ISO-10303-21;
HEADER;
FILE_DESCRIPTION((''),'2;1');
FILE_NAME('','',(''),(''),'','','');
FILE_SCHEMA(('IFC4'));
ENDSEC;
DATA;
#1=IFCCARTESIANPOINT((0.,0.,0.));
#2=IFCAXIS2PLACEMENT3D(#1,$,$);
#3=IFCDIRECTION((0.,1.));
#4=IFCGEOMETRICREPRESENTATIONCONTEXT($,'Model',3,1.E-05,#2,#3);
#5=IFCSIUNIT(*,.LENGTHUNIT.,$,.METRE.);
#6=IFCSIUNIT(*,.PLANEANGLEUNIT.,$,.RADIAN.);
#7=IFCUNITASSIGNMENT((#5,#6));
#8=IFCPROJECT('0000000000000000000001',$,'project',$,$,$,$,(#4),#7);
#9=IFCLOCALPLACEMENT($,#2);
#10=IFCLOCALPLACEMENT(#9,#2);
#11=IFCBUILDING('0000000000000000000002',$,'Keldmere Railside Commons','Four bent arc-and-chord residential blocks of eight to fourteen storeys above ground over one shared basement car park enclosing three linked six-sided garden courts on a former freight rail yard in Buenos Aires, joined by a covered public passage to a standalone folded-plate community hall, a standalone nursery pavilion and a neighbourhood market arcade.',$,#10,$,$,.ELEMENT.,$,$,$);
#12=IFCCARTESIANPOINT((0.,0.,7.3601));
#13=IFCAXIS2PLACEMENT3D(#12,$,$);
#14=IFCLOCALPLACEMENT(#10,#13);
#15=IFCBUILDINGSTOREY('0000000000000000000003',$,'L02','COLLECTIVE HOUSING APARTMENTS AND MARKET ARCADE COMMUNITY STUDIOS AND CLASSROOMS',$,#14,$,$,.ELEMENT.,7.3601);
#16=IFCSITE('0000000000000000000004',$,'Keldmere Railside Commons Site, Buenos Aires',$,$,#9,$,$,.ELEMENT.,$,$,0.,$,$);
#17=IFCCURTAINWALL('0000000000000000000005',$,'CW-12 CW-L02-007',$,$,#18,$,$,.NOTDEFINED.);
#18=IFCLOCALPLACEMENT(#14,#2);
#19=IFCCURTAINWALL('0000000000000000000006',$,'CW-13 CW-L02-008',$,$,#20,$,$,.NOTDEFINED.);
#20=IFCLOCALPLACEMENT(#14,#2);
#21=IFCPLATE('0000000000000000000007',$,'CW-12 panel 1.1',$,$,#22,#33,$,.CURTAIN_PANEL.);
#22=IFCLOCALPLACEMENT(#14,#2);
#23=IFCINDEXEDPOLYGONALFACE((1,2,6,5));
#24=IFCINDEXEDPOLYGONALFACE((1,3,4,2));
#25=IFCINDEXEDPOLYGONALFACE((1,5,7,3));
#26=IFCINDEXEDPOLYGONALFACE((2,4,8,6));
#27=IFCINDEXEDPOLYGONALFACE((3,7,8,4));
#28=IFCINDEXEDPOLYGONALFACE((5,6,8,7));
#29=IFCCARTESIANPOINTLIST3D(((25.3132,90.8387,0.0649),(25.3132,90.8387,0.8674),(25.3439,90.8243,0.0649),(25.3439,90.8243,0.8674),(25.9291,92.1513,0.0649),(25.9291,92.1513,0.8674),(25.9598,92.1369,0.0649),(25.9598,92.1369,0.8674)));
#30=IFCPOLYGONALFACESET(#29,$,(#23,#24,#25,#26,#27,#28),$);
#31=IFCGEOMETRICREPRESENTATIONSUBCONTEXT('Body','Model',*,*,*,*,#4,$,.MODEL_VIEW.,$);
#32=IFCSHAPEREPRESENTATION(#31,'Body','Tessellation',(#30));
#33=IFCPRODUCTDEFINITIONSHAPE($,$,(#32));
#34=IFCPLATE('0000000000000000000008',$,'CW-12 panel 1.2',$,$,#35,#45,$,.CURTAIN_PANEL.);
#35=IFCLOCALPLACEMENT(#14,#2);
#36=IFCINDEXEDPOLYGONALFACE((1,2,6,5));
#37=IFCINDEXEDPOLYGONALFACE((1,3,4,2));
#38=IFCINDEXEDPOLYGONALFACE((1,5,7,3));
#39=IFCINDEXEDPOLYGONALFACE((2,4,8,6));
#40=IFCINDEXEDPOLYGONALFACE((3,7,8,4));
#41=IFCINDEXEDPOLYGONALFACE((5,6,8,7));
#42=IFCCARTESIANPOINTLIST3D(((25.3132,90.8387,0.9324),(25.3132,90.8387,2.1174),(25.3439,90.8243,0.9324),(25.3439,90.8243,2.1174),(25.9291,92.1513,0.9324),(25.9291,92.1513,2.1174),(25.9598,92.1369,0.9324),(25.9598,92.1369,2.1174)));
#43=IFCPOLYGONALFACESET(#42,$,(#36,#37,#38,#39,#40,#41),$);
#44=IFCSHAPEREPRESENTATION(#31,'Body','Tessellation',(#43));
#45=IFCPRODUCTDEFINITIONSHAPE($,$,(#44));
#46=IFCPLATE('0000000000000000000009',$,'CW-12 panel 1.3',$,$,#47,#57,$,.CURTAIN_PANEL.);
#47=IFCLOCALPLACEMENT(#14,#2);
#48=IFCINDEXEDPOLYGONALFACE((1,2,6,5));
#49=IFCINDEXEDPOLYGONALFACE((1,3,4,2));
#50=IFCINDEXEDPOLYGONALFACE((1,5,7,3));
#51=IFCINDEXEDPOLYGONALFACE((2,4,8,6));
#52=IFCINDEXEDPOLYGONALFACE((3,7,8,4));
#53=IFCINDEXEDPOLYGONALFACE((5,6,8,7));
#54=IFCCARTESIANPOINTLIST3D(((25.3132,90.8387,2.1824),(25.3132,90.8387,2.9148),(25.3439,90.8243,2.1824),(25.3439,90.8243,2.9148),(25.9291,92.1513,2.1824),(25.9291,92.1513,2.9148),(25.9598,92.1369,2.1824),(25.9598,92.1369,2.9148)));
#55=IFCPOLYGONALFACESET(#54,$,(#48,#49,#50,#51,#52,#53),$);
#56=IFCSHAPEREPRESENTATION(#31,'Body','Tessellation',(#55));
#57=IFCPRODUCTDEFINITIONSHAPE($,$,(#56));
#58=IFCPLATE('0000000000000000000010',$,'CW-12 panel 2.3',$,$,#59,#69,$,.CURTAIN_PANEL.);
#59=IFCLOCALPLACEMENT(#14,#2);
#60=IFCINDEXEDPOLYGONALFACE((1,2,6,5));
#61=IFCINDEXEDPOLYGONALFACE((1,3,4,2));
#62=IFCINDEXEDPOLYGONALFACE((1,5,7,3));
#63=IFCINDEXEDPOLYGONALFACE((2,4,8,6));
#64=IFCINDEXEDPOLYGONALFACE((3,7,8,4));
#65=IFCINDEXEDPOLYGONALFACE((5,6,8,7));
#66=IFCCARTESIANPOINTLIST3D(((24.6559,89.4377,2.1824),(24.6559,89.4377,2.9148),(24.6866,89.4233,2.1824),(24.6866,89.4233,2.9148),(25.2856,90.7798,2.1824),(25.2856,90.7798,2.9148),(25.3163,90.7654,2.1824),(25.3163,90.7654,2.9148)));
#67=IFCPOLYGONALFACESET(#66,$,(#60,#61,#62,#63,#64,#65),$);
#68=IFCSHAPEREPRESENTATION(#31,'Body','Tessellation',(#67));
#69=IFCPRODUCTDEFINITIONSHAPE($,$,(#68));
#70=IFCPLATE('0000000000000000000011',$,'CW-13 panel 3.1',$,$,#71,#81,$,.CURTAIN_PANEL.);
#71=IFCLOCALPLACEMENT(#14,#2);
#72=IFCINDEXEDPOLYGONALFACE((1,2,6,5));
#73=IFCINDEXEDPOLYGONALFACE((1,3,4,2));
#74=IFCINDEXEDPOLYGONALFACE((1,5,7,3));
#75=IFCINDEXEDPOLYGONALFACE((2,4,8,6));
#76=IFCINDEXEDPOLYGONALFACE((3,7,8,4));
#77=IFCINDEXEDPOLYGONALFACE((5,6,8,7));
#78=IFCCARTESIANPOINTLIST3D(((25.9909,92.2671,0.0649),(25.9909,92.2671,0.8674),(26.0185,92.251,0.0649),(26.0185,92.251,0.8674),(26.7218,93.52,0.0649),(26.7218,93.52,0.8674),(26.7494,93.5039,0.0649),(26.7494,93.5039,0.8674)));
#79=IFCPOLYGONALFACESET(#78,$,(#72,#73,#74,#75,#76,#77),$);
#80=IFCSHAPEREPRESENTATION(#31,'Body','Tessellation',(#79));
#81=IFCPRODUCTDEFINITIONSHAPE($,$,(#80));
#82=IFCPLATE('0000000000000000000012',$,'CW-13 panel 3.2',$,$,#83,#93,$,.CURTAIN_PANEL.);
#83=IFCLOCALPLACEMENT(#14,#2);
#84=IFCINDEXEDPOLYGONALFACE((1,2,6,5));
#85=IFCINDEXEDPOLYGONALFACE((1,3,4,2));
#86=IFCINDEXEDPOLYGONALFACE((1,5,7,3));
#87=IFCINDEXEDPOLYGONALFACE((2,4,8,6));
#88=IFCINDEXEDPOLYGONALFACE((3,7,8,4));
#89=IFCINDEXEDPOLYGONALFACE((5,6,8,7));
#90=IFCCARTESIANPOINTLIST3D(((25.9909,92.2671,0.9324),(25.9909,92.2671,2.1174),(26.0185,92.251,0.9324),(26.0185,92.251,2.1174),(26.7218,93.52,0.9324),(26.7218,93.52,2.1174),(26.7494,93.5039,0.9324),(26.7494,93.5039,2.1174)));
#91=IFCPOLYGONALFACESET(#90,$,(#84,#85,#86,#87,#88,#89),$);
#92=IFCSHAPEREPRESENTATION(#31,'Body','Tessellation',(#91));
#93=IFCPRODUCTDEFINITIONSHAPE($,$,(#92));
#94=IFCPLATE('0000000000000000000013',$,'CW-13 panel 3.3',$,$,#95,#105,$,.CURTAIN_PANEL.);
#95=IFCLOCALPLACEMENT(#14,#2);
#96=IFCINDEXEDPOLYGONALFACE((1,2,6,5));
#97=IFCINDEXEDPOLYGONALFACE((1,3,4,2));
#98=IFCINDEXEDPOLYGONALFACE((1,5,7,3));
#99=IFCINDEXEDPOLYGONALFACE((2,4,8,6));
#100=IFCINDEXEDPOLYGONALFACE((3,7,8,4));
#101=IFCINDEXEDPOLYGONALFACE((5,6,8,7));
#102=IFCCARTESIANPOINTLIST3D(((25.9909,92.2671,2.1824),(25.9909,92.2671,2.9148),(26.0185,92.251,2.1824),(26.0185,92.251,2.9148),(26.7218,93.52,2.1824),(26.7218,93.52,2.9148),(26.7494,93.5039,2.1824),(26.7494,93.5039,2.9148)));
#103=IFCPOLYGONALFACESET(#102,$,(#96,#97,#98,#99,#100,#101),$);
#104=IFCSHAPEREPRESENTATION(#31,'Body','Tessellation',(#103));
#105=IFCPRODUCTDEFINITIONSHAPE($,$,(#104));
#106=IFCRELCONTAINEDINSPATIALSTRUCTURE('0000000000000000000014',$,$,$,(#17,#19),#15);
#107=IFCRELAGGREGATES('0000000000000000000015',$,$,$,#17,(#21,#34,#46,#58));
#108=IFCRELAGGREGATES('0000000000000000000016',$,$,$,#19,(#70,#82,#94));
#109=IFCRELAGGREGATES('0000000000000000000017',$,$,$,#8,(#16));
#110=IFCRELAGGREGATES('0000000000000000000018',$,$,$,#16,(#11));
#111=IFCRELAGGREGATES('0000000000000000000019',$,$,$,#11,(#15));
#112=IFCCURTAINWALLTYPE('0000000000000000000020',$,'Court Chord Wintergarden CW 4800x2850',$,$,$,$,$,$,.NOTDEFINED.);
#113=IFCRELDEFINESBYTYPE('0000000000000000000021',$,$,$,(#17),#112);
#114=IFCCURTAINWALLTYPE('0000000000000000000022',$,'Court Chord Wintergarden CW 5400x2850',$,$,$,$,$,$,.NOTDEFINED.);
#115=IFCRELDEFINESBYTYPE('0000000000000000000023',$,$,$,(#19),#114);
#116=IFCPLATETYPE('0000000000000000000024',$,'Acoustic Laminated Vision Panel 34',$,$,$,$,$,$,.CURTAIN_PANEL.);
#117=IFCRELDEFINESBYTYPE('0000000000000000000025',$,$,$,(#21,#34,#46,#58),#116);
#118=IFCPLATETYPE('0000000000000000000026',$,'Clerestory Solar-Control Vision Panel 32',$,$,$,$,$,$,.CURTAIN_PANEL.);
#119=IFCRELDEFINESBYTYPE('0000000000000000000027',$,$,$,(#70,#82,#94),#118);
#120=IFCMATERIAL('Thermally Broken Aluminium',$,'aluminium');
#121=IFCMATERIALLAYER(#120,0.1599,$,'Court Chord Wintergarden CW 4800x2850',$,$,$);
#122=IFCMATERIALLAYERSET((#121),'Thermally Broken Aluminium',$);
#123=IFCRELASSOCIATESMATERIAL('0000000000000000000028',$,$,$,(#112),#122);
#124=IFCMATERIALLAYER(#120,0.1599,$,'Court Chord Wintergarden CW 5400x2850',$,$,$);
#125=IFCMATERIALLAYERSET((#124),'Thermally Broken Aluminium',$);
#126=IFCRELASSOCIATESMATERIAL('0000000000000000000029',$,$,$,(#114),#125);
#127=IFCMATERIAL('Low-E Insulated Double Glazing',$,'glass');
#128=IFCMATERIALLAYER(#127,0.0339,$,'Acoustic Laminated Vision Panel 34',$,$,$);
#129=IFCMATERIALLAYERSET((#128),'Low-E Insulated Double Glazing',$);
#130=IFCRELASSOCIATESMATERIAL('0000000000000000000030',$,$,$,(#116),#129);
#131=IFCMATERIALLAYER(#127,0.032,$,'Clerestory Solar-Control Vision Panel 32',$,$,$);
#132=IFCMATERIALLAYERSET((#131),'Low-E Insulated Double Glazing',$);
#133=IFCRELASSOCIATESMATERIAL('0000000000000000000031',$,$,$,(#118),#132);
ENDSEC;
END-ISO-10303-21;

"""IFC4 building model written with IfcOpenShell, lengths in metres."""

from ifc_helpers import new_model, si_unit, direction, frame, origin, origin_2d, place, context, subcontext, project, spatial, rectangle, extrude, material, layer, layer_set, type_object, element, aggregate, save


model = new_model("IFC4")

# Units and contexts
model_context = context("Model", 3, precision=1e-05, world=origin(), true_north=direction((0.0, 1.0)))
body_context = subcontext(model_context, "Body", "Model", "MODEL_VIEW")
ifc_project = project(units=[si_unit("LENGTHUNIT", "METRE"), si_unit("PLANEANGLEUNIT", "RADIAN")], contexts=[model_context])

# Site, building, storey
site_placement = place(None, origin())
site = spatial("IfcSite", under=ifc_project, at=site_placement, Name="Keldmere Railside Commons Site, Buenos Aires", CompositionType="ELEMENT", RefElevation=0.0)
building_placement = place(site_placement, origin())
building = spatial("IfcBuilding", under=site, at=building_placement, Name="Keldmere Railside Commons", Description="Four bent arc-and-chord residential blocks of eight to fourteen storeys above ground over one shared basement car park enclosing three linked six-sided garden courts on a former freight rail yard in Buenos Aires, joined by a covered public passage to a standalone folded-plate community hall, a standalone nursery pavilion and a neighbourhood market arcade.", CompositionType="ELEMENT")
storey_placement = place(building_placement, frame((0.0, 0.0, 7.3601)))
storey = spatial("IfcBuildingStorey", under=building, at=storey_placement, Name="L02", Description="COLLECTIVE HOUSING APARTMENTS AND MARKET ARCADE COMMUNITY STUDIOS AND CLASSROOMS", CompositionType="ELEMENT", Elevation=7.3601)

# Curtain wall
ifc_material_1 = material(Name="Thermally Broken Aluminium", Category="aluminium")
ifc_layer_1 = layer(ifc_material_1, 0.1599, Name="Court Chord Wintergarden CW 4800x2850")
ifc_layer_set_1 = layer_set([ifc_layer_1], Name="Thermally Broken Aluminium")
curtain_wall_type_1 = type_object("IfcCurtainWallType", Name="Court Chord Wintergarden CW 4800x2850", PredefinedType="NOTDEFINED", material=ifc_layer_set_1)
curtain_wall_1_placement = place(storey_placement, origin())
curtain_wall_1 = element("IfcCurtainWall", 1, at=curtain_wall_1_placement, inside=storey, type_object=curtain_wall_type_1, Name="CW-12 CW-L02-007", PredefinedType="NOTDEFINED")

# Curtain wall
ifc_layer_2 = layer(ifc_material_1, 0.1599, Name="Court Chord Wintergarden CW 5400x2850")
ifc_layer_set_2 = layer_set([ifc_layer_2], Name="Thermally Broken Aluminium")
curtain_wall_type_2 = type_object("IfcCurtainWallType", Name="Court Chord Wintergarden CW 5400x2850", PredefinedType="NOTDEFINED", material=ifc_layer_set_2)
curtain_wall_2_placement = place(storey_placement, origin())
curtain_wall_2 = element("IfcCurtainWall", 2, at=curtain_wall_2_placement, inside=storey, type_object=curtain_wall_type_2, Name="CW-13 CW-L02-008", PredefinedType="NOTDEFINED")

# Plates
ifc_material_2 = material(Name="Low-E Insulated Double Glazing", Category="glass")
ifc_layer_3 = layer(ifc_material_2, 0.0339, Name="Acoustic Laminated Vision Panel 34")
ifc_layer_set_3 = layer_set([ifc_layer_3], Name="Low-E Insulated Double Glazing")
plate_type_1 = type_object("IfcPlateType", Name="Acoustic Laminated Vision Panel 34", PredefinedType="CURTAIN_PANEL", material=ifc_layer_set_3)
plate_1_placement = place(storey_placement, frame((25.6365, 91.4878, 0.0649), z_axis=(0.0, 0.0, 1.0), x_axis=(-0.424759, -0.905306, 0.0)))
plate_1 = element("IfcPlate", 3, at=plate_1_placement, type_object=plate_type_1, Name="CW-12 panel 1.1", PredefinedType="CURTAIN_PANEL", context=body_context, shape_type="SweptSolid", body=[
    extrude(rectangle(XDim=1.45, YDim=0.0339, at=origin_2d()), origin(), (0.0, 0.0, 1.0), 0.8025),
])
plate_2_placement = place(storey_placement, frame((25.6365, 91.4878, 0.9324), z_axis=(0.0, 0.0, 1.0), x_axis=(-0.424759, -0.905306, 0.0)))
plate_2 = element("IfcPlate", 4, at=plate_2_placement, type_object=plate_type_1, Name="CW-12 panel 1.2", PredefinedType="CURTAIN_PANEL", context=body_context, shape_type="SweptSolid", body=[
    extrude(rectangle(XDim=1.45, YDim=0.0339, at=origin_2d()), origin(), (0.0, 0.0, 1.0), 1.1851),
])
plate_3_placement = place(storey_placement, frame((25.6365, 91.4878, 2.1824), z_axis=(0.0, 0.0, 1.0), x_axis=(-0.424759, -0.905306, 0.0)))
plate_3 = element("IfcPlate", 5, at=plate_3_placement, type_object=plate_type_1, Name="CW-12 panel 1.3", PredefinedType="CURTAIN_PANEL", context=body_context, shape_type="SweptSolid", body=[
    extrude(rectangle(XDim=1.45, YDim=0.0339, at=origin_2d()), origin(), (0.0, 0.0, 1.0), 0.7324),
])
plate_4_placement = place(storey_placement, frame((24.9861, 90.1016, 2.1824), z_axis=(0.0, 0.0, 1.0), x_axis=(-0.424759, -0.905306, 0.0)))
plate_4 = element("IfcPlate", 6, at=plate_4_placement, type_object=plate_type_1, Name="CW-12 panel 2.3", PredefinedType="CURTAIN_PANEL", context=body_context, shape_type="SweptSolid", body=[
    extrude(rectangle(XDim=1.4824, YDim=0.0339, at=origin_2d()), origin(), (0.0, 0.0, 1.0), 0.7324),
])
aggregate(curtain_wall_1, [plate_1, plate_2, plate_3, plate_4])
ifc_layer_4 = layer(ifc_material_2, 0.032, Name="Clerestory Solar-Control Vision Panel 32")
ifc_layer_set_4 = layer_set([ifc_layer_4], Name="Low-E Insulated Double Glazing")
plate_type_2 = type_object("IfcPlateType", Name="Clerestory Solar-Control Vision Panel 32", PredefinedType="CURTAIN_PANEL", material=ifc_layer_set_4)
plate_5_placement = place(storey_placement, frame((26.3701, 92.8855, 0.0649), z_axis=(0.0, 0.0, 1.0), x_axis=(-0.503911, -0.863755, 0.0)))
plate_5 = element("IfcPlate", 7, at=plate_5_placement, type_object=plate_type_2, Name="CW-13 panel 3.1", PredefinedType="CURTAIN_PANEL", context=body_context, shape_type="SweptSolid", body=[
    extrude(rectangle(XDim=1.4504, YDim=0.032, at=origin_2d()), origin(), (0.0, 0.0, 1.0), 0.8025),
])
plate_6_placement = place(storey_placement, frame((26.3701, 92.8855, 0.9324), z_axis=(0.0, 0.0, 1.0), x_axis=(-0.503911, -0.863755, 0.0)))
plate_6 = element("IfcPlate", 8, at=plate_6_placement, type_object=plate_type_2, Name="CW-13 panel 3.2", PredefinedType="CURTAIN_PANEL", context=body_context, shape_type="SweptSolid", body=[
    extrude(rectangle(XDim=1.4504, YDim=0.032, at=origin_2d()), origin(), (0.0, 0.0, 1.0), 1.1851),
])
plate_7_placement = place(storey_placement, frame((26.3701, 92.8855, 2.1824), z_axis=(0.0, 0.0, 1.0), x_axis=(-0.503911, -0.863755, 0.0)))
plate_7 = element("IfcPlate", 9, at=plate_7_placement, type_object=plate_type_2, Name="CW-13 panel 3.3", PredefinedType="CURTAIN_PANEL", context=body_context, shape_type="SweptSolid", body=[
    extrude(rectangle(XDim=1.4504, YDim=0.032, at=origin_2d()), origin(), (0.0, 0.0, 1.0), 0.7324),
])
aggregate(curtain_wall_2, [plate_5, plate_6, plate_7])

save(model, "model.ifc")
